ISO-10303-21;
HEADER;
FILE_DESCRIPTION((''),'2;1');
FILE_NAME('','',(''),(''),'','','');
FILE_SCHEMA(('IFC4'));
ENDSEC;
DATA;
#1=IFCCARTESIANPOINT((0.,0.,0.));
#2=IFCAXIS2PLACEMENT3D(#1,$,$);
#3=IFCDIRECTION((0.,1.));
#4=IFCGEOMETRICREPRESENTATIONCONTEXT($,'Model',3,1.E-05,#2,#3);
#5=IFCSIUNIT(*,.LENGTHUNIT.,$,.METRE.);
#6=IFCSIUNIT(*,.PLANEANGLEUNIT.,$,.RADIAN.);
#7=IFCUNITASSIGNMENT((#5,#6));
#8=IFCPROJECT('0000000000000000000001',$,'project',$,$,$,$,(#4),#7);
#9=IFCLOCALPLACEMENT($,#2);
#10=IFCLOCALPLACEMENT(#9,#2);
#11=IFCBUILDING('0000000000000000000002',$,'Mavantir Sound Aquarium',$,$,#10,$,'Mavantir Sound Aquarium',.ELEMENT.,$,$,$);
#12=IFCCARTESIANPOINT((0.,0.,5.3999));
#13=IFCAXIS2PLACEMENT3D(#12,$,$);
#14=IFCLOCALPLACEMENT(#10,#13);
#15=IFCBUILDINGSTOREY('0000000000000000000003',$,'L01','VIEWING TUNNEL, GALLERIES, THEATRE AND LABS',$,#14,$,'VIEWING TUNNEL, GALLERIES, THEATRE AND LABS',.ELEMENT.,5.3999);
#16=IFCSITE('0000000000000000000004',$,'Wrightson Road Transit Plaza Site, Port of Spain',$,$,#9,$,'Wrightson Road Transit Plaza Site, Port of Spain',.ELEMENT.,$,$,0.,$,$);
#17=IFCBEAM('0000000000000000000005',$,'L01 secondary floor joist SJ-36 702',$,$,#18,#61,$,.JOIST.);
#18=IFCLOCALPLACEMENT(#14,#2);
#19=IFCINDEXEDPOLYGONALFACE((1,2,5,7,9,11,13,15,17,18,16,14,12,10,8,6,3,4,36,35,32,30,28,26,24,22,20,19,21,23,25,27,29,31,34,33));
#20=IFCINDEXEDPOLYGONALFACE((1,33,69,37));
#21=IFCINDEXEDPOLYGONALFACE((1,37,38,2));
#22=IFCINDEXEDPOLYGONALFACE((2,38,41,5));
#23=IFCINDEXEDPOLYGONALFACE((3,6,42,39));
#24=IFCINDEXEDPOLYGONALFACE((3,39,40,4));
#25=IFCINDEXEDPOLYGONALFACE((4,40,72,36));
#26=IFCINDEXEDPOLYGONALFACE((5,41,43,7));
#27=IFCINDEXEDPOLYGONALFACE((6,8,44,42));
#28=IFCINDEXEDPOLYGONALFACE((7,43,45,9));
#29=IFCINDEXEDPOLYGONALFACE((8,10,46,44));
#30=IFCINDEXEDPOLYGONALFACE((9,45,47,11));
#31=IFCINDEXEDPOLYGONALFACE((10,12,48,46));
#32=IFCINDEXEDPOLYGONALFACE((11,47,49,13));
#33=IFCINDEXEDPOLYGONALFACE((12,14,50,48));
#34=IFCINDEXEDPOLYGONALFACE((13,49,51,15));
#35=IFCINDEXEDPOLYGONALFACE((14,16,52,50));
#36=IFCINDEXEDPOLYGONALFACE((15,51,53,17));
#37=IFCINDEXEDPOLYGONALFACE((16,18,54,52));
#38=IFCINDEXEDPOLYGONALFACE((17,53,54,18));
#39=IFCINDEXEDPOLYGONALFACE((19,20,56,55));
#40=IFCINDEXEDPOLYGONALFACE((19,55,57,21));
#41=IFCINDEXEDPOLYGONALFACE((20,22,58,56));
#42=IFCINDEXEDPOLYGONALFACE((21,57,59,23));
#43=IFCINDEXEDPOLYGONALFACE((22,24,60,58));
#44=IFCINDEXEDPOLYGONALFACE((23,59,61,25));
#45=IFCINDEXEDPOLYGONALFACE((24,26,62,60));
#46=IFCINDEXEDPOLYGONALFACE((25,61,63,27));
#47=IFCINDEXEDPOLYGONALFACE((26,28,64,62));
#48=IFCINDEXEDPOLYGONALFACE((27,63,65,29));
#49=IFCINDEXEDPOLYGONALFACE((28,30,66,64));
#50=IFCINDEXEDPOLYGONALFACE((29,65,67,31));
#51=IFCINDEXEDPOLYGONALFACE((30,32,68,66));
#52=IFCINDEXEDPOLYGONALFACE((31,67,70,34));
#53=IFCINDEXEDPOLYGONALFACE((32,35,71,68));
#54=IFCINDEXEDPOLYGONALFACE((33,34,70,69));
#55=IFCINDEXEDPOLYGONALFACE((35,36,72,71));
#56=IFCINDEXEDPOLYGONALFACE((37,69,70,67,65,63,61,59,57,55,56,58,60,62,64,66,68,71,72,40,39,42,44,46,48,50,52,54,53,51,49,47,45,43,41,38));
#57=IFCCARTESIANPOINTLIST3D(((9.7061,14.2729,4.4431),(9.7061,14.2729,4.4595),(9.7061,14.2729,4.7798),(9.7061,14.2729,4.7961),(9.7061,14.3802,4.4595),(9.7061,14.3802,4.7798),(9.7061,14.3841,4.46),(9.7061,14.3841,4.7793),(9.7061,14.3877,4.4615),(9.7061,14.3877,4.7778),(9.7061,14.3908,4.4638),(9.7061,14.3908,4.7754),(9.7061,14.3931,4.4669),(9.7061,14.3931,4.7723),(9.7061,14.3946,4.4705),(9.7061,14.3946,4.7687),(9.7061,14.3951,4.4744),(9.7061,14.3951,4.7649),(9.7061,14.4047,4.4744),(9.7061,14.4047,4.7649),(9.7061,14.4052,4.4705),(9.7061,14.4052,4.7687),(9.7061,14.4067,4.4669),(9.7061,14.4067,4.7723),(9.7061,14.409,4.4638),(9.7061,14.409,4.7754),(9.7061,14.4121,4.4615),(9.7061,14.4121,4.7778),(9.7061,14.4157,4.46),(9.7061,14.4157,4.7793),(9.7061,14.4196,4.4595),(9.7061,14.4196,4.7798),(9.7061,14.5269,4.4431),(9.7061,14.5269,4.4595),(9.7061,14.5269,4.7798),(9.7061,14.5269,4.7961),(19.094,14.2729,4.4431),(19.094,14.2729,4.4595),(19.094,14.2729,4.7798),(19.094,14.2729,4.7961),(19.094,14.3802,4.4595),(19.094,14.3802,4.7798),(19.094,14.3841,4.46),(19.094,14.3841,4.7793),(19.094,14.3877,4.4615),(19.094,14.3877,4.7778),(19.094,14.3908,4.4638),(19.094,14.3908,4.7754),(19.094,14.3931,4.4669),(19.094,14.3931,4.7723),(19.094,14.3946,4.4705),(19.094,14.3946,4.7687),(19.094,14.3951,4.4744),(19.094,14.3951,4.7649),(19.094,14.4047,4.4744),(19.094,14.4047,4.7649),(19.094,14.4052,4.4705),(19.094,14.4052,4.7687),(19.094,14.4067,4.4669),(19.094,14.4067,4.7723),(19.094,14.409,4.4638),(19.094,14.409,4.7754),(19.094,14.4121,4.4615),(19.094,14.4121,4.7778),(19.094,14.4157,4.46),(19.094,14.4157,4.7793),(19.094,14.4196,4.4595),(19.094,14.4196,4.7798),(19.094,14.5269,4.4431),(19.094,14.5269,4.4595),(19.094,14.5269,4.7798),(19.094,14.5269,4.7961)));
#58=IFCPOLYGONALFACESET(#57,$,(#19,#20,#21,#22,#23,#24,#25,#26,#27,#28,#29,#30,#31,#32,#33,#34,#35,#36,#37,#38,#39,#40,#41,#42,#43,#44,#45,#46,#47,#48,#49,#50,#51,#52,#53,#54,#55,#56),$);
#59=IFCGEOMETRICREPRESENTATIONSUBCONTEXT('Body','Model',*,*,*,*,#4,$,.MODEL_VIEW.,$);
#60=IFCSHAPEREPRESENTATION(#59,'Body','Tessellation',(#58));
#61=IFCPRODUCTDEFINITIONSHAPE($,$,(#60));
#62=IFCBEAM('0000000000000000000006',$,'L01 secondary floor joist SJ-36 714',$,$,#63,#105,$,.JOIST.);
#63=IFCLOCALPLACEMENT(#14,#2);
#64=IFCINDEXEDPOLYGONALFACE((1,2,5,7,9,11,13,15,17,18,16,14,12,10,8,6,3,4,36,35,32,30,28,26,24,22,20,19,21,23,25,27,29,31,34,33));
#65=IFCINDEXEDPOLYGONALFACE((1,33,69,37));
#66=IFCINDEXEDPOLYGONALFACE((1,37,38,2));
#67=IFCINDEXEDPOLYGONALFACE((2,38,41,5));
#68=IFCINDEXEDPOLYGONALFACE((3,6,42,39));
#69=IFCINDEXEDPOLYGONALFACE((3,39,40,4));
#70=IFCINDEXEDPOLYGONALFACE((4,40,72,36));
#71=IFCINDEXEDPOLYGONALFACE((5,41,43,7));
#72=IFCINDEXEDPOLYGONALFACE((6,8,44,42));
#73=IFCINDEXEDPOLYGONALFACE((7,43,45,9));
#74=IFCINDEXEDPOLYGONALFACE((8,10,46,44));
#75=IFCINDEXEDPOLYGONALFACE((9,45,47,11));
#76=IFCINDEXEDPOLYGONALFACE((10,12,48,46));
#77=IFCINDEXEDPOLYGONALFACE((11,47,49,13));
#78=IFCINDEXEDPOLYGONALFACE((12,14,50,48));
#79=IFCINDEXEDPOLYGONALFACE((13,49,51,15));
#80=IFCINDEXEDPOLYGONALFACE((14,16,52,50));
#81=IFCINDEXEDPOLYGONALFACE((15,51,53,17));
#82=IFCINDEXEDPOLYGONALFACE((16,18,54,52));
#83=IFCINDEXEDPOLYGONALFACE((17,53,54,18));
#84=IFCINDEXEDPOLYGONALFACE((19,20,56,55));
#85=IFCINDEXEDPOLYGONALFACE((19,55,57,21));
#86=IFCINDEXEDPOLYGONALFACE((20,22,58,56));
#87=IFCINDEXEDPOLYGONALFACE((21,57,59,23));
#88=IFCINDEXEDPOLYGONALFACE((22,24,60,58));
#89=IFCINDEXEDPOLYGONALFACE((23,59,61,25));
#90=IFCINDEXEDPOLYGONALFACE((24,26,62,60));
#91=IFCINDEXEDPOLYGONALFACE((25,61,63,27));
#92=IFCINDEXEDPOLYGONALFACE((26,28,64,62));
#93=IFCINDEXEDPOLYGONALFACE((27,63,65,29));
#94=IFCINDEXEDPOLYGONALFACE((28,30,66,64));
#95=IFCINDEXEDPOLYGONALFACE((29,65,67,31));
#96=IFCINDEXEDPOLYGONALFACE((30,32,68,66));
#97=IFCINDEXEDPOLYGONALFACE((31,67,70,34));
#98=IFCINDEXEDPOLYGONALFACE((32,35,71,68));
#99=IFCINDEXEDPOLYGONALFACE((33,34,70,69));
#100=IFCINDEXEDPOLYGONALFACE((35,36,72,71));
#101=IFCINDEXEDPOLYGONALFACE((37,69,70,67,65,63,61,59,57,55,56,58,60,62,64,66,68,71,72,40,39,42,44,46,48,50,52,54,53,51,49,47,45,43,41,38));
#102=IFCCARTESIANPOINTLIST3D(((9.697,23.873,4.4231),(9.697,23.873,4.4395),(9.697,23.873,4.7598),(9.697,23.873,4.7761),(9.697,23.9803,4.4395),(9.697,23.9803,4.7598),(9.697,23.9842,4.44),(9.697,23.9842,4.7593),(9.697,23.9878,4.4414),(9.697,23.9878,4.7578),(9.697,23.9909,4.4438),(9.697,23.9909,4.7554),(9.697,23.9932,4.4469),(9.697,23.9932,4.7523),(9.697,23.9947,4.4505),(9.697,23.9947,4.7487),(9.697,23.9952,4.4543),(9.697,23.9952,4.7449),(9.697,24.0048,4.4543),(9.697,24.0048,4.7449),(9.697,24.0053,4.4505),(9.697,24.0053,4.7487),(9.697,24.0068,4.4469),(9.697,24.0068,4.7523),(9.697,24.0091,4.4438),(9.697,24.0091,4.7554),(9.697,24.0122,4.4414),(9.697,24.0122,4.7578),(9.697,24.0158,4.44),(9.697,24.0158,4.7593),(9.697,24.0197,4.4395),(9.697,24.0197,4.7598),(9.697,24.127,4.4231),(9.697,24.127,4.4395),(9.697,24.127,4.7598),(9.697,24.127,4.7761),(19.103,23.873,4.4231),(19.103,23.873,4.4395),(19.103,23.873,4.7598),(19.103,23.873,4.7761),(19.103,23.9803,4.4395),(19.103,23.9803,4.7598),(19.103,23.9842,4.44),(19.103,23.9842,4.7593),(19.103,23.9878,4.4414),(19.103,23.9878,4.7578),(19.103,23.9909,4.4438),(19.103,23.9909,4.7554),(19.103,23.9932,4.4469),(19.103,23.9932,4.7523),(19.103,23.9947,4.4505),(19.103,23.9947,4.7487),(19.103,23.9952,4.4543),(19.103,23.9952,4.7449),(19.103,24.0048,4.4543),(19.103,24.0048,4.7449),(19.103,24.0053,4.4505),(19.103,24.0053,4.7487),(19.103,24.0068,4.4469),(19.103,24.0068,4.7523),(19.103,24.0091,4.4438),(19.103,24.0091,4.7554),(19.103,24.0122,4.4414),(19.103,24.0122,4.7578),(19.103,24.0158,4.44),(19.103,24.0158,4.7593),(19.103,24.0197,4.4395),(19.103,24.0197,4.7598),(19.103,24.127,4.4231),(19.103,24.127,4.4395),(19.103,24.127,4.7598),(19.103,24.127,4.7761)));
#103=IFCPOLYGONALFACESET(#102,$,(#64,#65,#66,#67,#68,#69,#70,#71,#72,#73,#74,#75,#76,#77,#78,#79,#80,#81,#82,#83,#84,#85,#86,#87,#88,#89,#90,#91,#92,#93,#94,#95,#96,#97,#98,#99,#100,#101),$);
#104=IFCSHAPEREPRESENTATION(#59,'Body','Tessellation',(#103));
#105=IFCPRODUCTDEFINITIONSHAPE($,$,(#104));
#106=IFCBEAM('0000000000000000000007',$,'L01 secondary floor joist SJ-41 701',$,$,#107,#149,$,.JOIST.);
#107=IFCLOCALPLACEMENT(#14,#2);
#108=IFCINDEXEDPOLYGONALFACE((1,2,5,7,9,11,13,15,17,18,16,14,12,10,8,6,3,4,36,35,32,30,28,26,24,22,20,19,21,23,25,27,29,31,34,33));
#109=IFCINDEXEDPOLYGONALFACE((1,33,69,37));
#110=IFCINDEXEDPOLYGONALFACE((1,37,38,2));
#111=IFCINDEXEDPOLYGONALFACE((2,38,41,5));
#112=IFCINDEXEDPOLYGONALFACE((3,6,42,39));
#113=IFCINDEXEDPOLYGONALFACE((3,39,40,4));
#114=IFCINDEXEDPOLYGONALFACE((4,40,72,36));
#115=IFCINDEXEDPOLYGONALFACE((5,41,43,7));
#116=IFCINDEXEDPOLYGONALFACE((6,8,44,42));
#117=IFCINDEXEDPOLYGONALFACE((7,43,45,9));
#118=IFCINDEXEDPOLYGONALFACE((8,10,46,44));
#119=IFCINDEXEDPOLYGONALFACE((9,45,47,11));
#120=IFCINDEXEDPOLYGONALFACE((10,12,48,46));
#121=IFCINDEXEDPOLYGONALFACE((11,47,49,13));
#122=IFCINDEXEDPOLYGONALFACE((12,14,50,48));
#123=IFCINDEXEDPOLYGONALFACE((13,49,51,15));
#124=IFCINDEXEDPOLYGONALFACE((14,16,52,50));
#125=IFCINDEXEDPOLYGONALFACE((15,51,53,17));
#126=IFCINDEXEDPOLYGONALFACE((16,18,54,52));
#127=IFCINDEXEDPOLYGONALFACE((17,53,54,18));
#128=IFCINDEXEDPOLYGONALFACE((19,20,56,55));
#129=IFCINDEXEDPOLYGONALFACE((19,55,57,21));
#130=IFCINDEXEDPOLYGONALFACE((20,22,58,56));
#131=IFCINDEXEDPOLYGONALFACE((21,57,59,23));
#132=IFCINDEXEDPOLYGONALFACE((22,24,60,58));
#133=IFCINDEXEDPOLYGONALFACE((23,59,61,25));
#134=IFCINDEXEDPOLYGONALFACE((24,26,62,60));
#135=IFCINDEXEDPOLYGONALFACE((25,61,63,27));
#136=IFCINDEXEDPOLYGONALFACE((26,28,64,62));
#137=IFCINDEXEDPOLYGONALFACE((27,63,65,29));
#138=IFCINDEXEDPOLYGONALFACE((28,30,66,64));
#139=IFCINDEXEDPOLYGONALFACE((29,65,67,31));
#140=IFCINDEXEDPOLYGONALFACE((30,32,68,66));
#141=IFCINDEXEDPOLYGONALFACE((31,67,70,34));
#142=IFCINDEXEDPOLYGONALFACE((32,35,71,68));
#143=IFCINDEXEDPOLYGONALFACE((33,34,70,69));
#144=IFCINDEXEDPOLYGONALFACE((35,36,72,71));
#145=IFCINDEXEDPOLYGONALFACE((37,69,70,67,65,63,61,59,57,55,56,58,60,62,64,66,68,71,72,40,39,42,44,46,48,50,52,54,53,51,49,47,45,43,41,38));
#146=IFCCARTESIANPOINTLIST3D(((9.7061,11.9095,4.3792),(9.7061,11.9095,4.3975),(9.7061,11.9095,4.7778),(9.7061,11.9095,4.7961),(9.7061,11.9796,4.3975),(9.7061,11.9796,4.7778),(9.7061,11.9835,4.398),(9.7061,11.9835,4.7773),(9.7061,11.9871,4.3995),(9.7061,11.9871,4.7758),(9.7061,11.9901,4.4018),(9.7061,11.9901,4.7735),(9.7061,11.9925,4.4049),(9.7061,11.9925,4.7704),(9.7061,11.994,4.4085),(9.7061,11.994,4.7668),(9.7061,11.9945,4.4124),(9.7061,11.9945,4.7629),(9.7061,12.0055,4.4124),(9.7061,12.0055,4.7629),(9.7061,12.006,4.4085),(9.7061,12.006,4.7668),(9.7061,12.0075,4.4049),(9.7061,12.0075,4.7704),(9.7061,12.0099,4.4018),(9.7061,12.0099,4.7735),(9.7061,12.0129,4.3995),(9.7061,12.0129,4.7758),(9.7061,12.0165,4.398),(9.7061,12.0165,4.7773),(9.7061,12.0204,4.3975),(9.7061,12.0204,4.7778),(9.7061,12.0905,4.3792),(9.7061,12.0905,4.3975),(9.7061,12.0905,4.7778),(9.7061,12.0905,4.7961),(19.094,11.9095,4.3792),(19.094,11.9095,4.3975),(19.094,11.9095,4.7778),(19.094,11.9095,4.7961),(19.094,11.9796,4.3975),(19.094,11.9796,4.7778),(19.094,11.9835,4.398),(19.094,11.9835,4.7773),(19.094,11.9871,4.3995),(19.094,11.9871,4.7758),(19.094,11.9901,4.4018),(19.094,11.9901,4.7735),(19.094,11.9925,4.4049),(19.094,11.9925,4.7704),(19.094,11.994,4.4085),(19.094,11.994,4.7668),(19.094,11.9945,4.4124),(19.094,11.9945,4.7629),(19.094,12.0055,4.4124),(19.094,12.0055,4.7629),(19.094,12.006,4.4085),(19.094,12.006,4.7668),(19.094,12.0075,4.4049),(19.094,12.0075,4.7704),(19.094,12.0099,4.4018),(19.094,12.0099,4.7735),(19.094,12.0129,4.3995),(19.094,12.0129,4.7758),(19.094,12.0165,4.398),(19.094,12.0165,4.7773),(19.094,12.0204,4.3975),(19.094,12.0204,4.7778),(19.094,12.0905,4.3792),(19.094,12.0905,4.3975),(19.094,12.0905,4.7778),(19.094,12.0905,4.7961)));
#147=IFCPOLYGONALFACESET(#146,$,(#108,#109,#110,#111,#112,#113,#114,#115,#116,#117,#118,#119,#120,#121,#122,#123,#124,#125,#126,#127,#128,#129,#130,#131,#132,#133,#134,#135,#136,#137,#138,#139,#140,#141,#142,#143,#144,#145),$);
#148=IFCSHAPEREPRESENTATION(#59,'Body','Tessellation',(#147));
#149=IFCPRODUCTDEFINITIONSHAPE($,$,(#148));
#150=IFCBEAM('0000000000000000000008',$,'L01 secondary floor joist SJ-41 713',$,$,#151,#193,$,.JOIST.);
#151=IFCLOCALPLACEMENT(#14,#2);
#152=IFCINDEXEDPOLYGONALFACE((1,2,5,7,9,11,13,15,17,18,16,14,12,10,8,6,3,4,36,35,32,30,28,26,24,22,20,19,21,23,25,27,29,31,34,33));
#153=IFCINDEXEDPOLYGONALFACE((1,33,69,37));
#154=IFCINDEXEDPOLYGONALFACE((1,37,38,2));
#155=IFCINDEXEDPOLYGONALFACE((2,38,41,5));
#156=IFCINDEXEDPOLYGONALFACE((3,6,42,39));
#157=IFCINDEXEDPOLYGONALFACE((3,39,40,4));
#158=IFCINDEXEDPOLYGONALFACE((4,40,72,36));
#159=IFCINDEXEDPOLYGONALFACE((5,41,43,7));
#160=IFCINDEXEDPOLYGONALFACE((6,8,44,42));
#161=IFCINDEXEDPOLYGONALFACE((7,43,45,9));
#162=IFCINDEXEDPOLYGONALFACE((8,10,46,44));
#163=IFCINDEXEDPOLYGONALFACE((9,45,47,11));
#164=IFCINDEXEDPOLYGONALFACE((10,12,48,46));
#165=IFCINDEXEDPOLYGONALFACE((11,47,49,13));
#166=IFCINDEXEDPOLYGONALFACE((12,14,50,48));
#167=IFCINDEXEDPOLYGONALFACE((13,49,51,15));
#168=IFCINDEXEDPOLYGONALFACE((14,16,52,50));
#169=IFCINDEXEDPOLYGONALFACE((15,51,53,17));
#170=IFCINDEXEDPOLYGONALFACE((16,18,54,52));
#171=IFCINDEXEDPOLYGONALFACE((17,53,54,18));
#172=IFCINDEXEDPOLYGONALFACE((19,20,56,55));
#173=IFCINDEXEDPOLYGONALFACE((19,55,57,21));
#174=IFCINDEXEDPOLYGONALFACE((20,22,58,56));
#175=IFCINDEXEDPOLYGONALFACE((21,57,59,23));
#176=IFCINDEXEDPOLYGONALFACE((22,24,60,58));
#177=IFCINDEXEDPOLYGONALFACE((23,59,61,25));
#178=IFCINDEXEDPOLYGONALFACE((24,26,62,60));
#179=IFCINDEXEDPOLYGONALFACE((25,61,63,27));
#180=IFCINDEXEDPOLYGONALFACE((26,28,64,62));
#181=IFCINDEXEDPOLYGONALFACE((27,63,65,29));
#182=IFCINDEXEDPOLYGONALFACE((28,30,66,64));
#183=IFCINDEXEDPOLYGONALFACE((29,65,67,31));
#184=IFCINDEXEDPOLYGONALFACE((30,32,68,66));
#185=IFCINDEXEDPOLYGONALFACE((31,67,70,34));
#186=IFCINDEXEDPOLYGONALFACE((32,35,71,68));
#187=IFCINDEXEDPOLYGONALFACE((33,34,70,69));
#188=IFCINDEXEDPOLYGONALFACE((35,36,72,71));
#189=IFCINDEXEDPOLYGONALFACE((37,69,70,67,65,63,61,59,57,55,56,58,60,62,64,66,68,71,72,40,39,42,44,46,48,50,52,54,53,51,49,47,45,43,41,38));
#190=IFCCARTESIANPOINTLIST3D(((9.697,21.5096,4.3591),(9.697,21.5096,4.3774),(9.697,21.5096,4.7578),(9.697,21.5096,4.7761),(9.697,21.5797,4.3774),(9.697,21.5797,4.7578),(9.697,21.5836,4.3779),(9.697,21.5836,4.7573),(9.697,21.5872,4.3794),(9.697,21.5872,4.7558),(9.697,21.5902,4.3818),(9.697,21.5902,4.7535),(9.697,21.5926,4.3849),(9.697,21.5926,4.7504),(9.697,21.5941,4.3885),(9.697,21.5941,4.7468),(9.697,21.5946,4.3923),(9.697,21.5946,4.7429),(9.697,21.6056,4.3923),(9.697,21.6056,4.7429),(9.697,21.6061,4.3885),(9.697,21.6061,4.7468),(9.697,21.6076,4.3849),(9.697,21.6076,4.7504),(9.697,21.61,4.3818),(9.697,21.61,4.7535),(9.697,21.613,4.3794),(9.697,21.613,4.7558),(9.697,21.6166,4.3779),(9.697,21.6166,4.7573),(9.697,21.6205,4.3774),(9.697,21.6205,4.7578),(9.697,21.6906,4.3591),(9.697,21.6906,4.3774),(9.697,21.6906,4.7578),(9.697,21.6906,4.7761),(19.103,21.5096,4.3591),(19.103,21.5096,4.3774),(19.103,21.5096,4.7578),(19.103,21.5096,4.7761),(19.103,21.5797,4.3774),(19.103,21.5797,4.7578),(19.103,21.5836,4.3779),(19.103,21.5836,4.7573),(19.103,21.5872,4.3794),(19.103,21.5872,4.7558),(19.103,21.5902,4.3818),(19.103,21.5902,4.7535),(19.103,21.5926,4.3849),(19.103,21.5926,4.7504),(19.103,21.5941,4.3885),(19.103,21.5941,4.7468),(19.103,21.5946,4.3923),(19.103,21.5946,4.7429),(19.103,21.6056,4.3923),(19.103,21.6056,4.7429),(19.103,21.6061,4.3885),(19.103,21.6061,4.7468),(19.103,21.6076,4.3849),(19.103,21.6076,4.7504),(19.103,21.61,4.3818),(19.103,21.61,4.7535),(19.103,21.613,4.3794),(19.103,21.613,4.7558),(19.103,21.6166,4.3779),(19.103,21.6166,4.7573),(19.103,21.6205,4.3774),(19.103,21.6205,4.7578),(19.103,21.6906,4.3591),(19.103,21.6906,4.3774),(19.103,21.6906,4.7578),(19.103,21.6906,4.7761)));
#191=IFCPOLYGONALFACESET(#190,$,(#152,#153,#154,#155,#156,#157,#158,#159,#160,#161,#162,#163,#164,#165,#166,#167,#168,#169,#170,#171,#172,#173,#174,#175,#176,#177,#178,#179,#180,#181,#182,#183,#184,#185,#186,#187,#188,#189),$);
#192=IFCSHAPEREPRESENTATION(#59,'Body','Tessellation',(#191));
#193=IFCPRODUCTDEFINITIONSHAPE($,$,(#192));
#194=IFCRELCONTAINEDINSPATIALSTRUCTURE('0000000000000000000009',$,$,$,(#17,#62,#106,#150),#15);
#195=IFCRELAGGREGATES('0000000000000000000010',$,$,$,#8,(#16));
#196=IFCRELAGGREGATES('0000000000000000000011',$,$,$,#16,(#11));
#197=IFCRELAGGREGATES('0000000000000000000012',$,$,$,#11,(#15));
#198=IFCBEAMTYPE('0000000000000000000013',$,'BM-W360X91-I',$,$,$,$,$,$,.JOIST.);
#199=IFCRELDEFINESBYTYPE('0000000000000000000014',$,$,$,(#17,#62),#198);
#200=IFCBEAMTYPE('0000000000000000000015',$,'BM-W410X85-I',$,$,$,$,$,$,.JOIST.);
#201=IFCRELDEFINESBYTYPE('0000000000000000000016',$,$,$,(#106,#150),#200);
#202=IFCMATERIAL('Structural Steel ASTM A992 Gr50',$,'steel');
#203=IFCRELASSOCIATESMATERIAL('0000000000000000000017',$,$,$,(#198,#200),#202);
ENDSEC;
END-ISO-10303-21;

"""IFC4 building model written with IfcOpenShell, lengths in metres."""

from ifc_helpers import new_model, si_unit, direction, frame, origin, origin_2d, place, context, subcontext, project, spatial, i_section, extrude, material, material_profile, profile_set, type_object, element, save


model = new_model("IFC4")

# Units and contexts
model_context = context("Model", 3, precision=1e-05, world=origin(), true_north=direction((0.0, 1.0)))
body_context = subcontext(model_context, "Body", "Model", "MODEL_VIEW")
ifc_project = project(units=[si_unit("LENGTHUNIT", "METRE"), si_unit("PLANEANGLEUNIT", "RADIAN")], contexts=[model_context])

# Site, building, storey
site_placement = place(None, origin())
site = spatial("IfcSite", under=ifc_project, at=site_placement, Name="Wrightson Road Transit Plaza Site, Port of Spain", LongName="Wrightson Road Transit Plaza Site, Port of Spain", CompositionType="ELEMENT", RefElevation=0.0)
building_placement = place(site_placement, origin())
building = spatial("IfcBuilding", under=site, at=building_placement, Name="Mavantir Sound Aquarium", LongName="Mavantir Sound Aquarium", CompositionType="ELEMENT")
storey_placement = place(building_placement, frame((0.0, 0.0, 5.3999)))
storey = spatial("IfcBuildingStorey", under=building, at=storey_placement, Name="L01", Description="VIEWING TUNNEL, GALLERIES, THEATRE AND LABS", LongName="VIEWING TUNNEL, GALLERIES, THEATRE AND LABS", CompositionType="ELEMENT", Elevation=5.3999)

# Beams
ifc_material_1 = material(Name="Structural Steel ASTM A992 Gr50", Category="steel")
ifc_material_profile_1 = material_profile(ifc_material_1, i_section(OverallWidth=0.2539, OverallDepth=0.353, WebThickness=0.0095, FlangeThickness=0.0164, FilletRadius=0.0149, at=origin_2d()), Name="W360X91")
ifc_profile_set_1 = profile_set([ifc_material_profile_1], Name="Structural Steel ASTM A992 Gr50")
beam_type_1 = type_object("IfcBeamType", Name="BM-W360X91-I", PredefinedType="JOIST", material=ifc_profile_set_1)
beam_1_placement = place(storey_placement, frame((9.7061, 14.3999, 4.6196), z_axis=(1.0, 0.0, 0.0), x_axis=(0.0, 1.0, 0.0)))
element("IfcBeam", 1, at=beam_1_placement, inside=storey, type_object=beam_type_1, Name="L01 secondary floor joist SJ-36 702", PredefinedType="JOIST", context=body_context, shape_type="SweptSolid", body=[
    extrude(i_section(OverallWidth=0.2539, OverallDepth=0.353, WebThickness=0.0095, FlangeThickness=0.0164, FilletRadius=0.0149, at=origin_2d()), origin(), (0.0, 0.0, 1.0), 9.3879),
])
beam_2_placement = place(storey_placement, frame((9.697, 24.0, 4.5996), z_axis=(1.0, 0.0, 0.0), x_axis=(0.0, 1.0, 0.0)))
element("IfcBeam", 2, at=beam_2_placement, inside=storey, type_object=beam_type_1, Name="L01 secondary floor joist SJ-36 714", PredefinedType="JOIST", context=body_context, shape_type="SweptSolid", body=[
    extrude(i_section(OverallWidth=0.2539, OverallDepth=0.353, WebThickness=0.0095, FlangeThickness=0.0164, FilletRadius=0.0149, at=origin_2d()), origin(), (0.0, 0.0, 1.0), 9.406),
])
ifc_material_profile_2 = material_profile(ifc_material_1, i_section(OverallWidth=0.1809, OverallDepth=0.417, WebThickness=0.011, FlangeThickness=0.0183, FilletRadius=0.0149, at=origin_2d()), Name="W410X85")
ifc_profile_set_2 = profile_set([ifc_material_profile_2], Name="Structural Steel ASTM A992 Gr50")
beam_type_2 = type_object("IfcBeamType", Name="BM-W410X85-I", PredefinedType="JOIST", material=ifc_profile_set_2)
beam_3_placement = place(storey_placement, frame((9.7061, 12.0, 4.5876), z_axis=(1.0, 0.0, 0.0), x_axis=(0.0, 1.0, 0.0)))
element("IfcBeam", 3, at=beam_3_placement, inside=storey, type_object=beam_type_2, Name="L01 secondary floor joist SJ-41 701", PredefinedType="JOIST", context=body_context, shape_type="SweptSolid", body=[
    extrude(i_section(OverallWidth=0.1809, OverallDepth=0.417, WebThickness=0.011, FlangeThickness=0.0183, FilletRadius=0.0149, at=origin_2d()), origin(), (0.0, 0.0, 1.0), 9.3879),
])
beam_4_placement = place(storey_placement, frame((9.697, 21.6001, 4.5676), z_axis=(1.0, 0.0, 0.0), x_axis=(0.0, 1.0, 0.0)))
element("IfcBeam", 4, at=beam_4_placement, inside=storey, type_object=beam_type_2, Name="L01 secondary floor joist SJ-41 713", PredefinedType="JOIST", context=body_context, shape_type="SweptSolid", body=[
    extrude(i_section(OverallWidth=0.1809, OverallDepth=0.417, WebThickness=0.011, FlangeThickness=0.0183, FilletRadius=0.0149, at=origin_2d()), origin(), (0.0, 0.0, 1.0), 9.406),
])

save(model, "model.ifc")
